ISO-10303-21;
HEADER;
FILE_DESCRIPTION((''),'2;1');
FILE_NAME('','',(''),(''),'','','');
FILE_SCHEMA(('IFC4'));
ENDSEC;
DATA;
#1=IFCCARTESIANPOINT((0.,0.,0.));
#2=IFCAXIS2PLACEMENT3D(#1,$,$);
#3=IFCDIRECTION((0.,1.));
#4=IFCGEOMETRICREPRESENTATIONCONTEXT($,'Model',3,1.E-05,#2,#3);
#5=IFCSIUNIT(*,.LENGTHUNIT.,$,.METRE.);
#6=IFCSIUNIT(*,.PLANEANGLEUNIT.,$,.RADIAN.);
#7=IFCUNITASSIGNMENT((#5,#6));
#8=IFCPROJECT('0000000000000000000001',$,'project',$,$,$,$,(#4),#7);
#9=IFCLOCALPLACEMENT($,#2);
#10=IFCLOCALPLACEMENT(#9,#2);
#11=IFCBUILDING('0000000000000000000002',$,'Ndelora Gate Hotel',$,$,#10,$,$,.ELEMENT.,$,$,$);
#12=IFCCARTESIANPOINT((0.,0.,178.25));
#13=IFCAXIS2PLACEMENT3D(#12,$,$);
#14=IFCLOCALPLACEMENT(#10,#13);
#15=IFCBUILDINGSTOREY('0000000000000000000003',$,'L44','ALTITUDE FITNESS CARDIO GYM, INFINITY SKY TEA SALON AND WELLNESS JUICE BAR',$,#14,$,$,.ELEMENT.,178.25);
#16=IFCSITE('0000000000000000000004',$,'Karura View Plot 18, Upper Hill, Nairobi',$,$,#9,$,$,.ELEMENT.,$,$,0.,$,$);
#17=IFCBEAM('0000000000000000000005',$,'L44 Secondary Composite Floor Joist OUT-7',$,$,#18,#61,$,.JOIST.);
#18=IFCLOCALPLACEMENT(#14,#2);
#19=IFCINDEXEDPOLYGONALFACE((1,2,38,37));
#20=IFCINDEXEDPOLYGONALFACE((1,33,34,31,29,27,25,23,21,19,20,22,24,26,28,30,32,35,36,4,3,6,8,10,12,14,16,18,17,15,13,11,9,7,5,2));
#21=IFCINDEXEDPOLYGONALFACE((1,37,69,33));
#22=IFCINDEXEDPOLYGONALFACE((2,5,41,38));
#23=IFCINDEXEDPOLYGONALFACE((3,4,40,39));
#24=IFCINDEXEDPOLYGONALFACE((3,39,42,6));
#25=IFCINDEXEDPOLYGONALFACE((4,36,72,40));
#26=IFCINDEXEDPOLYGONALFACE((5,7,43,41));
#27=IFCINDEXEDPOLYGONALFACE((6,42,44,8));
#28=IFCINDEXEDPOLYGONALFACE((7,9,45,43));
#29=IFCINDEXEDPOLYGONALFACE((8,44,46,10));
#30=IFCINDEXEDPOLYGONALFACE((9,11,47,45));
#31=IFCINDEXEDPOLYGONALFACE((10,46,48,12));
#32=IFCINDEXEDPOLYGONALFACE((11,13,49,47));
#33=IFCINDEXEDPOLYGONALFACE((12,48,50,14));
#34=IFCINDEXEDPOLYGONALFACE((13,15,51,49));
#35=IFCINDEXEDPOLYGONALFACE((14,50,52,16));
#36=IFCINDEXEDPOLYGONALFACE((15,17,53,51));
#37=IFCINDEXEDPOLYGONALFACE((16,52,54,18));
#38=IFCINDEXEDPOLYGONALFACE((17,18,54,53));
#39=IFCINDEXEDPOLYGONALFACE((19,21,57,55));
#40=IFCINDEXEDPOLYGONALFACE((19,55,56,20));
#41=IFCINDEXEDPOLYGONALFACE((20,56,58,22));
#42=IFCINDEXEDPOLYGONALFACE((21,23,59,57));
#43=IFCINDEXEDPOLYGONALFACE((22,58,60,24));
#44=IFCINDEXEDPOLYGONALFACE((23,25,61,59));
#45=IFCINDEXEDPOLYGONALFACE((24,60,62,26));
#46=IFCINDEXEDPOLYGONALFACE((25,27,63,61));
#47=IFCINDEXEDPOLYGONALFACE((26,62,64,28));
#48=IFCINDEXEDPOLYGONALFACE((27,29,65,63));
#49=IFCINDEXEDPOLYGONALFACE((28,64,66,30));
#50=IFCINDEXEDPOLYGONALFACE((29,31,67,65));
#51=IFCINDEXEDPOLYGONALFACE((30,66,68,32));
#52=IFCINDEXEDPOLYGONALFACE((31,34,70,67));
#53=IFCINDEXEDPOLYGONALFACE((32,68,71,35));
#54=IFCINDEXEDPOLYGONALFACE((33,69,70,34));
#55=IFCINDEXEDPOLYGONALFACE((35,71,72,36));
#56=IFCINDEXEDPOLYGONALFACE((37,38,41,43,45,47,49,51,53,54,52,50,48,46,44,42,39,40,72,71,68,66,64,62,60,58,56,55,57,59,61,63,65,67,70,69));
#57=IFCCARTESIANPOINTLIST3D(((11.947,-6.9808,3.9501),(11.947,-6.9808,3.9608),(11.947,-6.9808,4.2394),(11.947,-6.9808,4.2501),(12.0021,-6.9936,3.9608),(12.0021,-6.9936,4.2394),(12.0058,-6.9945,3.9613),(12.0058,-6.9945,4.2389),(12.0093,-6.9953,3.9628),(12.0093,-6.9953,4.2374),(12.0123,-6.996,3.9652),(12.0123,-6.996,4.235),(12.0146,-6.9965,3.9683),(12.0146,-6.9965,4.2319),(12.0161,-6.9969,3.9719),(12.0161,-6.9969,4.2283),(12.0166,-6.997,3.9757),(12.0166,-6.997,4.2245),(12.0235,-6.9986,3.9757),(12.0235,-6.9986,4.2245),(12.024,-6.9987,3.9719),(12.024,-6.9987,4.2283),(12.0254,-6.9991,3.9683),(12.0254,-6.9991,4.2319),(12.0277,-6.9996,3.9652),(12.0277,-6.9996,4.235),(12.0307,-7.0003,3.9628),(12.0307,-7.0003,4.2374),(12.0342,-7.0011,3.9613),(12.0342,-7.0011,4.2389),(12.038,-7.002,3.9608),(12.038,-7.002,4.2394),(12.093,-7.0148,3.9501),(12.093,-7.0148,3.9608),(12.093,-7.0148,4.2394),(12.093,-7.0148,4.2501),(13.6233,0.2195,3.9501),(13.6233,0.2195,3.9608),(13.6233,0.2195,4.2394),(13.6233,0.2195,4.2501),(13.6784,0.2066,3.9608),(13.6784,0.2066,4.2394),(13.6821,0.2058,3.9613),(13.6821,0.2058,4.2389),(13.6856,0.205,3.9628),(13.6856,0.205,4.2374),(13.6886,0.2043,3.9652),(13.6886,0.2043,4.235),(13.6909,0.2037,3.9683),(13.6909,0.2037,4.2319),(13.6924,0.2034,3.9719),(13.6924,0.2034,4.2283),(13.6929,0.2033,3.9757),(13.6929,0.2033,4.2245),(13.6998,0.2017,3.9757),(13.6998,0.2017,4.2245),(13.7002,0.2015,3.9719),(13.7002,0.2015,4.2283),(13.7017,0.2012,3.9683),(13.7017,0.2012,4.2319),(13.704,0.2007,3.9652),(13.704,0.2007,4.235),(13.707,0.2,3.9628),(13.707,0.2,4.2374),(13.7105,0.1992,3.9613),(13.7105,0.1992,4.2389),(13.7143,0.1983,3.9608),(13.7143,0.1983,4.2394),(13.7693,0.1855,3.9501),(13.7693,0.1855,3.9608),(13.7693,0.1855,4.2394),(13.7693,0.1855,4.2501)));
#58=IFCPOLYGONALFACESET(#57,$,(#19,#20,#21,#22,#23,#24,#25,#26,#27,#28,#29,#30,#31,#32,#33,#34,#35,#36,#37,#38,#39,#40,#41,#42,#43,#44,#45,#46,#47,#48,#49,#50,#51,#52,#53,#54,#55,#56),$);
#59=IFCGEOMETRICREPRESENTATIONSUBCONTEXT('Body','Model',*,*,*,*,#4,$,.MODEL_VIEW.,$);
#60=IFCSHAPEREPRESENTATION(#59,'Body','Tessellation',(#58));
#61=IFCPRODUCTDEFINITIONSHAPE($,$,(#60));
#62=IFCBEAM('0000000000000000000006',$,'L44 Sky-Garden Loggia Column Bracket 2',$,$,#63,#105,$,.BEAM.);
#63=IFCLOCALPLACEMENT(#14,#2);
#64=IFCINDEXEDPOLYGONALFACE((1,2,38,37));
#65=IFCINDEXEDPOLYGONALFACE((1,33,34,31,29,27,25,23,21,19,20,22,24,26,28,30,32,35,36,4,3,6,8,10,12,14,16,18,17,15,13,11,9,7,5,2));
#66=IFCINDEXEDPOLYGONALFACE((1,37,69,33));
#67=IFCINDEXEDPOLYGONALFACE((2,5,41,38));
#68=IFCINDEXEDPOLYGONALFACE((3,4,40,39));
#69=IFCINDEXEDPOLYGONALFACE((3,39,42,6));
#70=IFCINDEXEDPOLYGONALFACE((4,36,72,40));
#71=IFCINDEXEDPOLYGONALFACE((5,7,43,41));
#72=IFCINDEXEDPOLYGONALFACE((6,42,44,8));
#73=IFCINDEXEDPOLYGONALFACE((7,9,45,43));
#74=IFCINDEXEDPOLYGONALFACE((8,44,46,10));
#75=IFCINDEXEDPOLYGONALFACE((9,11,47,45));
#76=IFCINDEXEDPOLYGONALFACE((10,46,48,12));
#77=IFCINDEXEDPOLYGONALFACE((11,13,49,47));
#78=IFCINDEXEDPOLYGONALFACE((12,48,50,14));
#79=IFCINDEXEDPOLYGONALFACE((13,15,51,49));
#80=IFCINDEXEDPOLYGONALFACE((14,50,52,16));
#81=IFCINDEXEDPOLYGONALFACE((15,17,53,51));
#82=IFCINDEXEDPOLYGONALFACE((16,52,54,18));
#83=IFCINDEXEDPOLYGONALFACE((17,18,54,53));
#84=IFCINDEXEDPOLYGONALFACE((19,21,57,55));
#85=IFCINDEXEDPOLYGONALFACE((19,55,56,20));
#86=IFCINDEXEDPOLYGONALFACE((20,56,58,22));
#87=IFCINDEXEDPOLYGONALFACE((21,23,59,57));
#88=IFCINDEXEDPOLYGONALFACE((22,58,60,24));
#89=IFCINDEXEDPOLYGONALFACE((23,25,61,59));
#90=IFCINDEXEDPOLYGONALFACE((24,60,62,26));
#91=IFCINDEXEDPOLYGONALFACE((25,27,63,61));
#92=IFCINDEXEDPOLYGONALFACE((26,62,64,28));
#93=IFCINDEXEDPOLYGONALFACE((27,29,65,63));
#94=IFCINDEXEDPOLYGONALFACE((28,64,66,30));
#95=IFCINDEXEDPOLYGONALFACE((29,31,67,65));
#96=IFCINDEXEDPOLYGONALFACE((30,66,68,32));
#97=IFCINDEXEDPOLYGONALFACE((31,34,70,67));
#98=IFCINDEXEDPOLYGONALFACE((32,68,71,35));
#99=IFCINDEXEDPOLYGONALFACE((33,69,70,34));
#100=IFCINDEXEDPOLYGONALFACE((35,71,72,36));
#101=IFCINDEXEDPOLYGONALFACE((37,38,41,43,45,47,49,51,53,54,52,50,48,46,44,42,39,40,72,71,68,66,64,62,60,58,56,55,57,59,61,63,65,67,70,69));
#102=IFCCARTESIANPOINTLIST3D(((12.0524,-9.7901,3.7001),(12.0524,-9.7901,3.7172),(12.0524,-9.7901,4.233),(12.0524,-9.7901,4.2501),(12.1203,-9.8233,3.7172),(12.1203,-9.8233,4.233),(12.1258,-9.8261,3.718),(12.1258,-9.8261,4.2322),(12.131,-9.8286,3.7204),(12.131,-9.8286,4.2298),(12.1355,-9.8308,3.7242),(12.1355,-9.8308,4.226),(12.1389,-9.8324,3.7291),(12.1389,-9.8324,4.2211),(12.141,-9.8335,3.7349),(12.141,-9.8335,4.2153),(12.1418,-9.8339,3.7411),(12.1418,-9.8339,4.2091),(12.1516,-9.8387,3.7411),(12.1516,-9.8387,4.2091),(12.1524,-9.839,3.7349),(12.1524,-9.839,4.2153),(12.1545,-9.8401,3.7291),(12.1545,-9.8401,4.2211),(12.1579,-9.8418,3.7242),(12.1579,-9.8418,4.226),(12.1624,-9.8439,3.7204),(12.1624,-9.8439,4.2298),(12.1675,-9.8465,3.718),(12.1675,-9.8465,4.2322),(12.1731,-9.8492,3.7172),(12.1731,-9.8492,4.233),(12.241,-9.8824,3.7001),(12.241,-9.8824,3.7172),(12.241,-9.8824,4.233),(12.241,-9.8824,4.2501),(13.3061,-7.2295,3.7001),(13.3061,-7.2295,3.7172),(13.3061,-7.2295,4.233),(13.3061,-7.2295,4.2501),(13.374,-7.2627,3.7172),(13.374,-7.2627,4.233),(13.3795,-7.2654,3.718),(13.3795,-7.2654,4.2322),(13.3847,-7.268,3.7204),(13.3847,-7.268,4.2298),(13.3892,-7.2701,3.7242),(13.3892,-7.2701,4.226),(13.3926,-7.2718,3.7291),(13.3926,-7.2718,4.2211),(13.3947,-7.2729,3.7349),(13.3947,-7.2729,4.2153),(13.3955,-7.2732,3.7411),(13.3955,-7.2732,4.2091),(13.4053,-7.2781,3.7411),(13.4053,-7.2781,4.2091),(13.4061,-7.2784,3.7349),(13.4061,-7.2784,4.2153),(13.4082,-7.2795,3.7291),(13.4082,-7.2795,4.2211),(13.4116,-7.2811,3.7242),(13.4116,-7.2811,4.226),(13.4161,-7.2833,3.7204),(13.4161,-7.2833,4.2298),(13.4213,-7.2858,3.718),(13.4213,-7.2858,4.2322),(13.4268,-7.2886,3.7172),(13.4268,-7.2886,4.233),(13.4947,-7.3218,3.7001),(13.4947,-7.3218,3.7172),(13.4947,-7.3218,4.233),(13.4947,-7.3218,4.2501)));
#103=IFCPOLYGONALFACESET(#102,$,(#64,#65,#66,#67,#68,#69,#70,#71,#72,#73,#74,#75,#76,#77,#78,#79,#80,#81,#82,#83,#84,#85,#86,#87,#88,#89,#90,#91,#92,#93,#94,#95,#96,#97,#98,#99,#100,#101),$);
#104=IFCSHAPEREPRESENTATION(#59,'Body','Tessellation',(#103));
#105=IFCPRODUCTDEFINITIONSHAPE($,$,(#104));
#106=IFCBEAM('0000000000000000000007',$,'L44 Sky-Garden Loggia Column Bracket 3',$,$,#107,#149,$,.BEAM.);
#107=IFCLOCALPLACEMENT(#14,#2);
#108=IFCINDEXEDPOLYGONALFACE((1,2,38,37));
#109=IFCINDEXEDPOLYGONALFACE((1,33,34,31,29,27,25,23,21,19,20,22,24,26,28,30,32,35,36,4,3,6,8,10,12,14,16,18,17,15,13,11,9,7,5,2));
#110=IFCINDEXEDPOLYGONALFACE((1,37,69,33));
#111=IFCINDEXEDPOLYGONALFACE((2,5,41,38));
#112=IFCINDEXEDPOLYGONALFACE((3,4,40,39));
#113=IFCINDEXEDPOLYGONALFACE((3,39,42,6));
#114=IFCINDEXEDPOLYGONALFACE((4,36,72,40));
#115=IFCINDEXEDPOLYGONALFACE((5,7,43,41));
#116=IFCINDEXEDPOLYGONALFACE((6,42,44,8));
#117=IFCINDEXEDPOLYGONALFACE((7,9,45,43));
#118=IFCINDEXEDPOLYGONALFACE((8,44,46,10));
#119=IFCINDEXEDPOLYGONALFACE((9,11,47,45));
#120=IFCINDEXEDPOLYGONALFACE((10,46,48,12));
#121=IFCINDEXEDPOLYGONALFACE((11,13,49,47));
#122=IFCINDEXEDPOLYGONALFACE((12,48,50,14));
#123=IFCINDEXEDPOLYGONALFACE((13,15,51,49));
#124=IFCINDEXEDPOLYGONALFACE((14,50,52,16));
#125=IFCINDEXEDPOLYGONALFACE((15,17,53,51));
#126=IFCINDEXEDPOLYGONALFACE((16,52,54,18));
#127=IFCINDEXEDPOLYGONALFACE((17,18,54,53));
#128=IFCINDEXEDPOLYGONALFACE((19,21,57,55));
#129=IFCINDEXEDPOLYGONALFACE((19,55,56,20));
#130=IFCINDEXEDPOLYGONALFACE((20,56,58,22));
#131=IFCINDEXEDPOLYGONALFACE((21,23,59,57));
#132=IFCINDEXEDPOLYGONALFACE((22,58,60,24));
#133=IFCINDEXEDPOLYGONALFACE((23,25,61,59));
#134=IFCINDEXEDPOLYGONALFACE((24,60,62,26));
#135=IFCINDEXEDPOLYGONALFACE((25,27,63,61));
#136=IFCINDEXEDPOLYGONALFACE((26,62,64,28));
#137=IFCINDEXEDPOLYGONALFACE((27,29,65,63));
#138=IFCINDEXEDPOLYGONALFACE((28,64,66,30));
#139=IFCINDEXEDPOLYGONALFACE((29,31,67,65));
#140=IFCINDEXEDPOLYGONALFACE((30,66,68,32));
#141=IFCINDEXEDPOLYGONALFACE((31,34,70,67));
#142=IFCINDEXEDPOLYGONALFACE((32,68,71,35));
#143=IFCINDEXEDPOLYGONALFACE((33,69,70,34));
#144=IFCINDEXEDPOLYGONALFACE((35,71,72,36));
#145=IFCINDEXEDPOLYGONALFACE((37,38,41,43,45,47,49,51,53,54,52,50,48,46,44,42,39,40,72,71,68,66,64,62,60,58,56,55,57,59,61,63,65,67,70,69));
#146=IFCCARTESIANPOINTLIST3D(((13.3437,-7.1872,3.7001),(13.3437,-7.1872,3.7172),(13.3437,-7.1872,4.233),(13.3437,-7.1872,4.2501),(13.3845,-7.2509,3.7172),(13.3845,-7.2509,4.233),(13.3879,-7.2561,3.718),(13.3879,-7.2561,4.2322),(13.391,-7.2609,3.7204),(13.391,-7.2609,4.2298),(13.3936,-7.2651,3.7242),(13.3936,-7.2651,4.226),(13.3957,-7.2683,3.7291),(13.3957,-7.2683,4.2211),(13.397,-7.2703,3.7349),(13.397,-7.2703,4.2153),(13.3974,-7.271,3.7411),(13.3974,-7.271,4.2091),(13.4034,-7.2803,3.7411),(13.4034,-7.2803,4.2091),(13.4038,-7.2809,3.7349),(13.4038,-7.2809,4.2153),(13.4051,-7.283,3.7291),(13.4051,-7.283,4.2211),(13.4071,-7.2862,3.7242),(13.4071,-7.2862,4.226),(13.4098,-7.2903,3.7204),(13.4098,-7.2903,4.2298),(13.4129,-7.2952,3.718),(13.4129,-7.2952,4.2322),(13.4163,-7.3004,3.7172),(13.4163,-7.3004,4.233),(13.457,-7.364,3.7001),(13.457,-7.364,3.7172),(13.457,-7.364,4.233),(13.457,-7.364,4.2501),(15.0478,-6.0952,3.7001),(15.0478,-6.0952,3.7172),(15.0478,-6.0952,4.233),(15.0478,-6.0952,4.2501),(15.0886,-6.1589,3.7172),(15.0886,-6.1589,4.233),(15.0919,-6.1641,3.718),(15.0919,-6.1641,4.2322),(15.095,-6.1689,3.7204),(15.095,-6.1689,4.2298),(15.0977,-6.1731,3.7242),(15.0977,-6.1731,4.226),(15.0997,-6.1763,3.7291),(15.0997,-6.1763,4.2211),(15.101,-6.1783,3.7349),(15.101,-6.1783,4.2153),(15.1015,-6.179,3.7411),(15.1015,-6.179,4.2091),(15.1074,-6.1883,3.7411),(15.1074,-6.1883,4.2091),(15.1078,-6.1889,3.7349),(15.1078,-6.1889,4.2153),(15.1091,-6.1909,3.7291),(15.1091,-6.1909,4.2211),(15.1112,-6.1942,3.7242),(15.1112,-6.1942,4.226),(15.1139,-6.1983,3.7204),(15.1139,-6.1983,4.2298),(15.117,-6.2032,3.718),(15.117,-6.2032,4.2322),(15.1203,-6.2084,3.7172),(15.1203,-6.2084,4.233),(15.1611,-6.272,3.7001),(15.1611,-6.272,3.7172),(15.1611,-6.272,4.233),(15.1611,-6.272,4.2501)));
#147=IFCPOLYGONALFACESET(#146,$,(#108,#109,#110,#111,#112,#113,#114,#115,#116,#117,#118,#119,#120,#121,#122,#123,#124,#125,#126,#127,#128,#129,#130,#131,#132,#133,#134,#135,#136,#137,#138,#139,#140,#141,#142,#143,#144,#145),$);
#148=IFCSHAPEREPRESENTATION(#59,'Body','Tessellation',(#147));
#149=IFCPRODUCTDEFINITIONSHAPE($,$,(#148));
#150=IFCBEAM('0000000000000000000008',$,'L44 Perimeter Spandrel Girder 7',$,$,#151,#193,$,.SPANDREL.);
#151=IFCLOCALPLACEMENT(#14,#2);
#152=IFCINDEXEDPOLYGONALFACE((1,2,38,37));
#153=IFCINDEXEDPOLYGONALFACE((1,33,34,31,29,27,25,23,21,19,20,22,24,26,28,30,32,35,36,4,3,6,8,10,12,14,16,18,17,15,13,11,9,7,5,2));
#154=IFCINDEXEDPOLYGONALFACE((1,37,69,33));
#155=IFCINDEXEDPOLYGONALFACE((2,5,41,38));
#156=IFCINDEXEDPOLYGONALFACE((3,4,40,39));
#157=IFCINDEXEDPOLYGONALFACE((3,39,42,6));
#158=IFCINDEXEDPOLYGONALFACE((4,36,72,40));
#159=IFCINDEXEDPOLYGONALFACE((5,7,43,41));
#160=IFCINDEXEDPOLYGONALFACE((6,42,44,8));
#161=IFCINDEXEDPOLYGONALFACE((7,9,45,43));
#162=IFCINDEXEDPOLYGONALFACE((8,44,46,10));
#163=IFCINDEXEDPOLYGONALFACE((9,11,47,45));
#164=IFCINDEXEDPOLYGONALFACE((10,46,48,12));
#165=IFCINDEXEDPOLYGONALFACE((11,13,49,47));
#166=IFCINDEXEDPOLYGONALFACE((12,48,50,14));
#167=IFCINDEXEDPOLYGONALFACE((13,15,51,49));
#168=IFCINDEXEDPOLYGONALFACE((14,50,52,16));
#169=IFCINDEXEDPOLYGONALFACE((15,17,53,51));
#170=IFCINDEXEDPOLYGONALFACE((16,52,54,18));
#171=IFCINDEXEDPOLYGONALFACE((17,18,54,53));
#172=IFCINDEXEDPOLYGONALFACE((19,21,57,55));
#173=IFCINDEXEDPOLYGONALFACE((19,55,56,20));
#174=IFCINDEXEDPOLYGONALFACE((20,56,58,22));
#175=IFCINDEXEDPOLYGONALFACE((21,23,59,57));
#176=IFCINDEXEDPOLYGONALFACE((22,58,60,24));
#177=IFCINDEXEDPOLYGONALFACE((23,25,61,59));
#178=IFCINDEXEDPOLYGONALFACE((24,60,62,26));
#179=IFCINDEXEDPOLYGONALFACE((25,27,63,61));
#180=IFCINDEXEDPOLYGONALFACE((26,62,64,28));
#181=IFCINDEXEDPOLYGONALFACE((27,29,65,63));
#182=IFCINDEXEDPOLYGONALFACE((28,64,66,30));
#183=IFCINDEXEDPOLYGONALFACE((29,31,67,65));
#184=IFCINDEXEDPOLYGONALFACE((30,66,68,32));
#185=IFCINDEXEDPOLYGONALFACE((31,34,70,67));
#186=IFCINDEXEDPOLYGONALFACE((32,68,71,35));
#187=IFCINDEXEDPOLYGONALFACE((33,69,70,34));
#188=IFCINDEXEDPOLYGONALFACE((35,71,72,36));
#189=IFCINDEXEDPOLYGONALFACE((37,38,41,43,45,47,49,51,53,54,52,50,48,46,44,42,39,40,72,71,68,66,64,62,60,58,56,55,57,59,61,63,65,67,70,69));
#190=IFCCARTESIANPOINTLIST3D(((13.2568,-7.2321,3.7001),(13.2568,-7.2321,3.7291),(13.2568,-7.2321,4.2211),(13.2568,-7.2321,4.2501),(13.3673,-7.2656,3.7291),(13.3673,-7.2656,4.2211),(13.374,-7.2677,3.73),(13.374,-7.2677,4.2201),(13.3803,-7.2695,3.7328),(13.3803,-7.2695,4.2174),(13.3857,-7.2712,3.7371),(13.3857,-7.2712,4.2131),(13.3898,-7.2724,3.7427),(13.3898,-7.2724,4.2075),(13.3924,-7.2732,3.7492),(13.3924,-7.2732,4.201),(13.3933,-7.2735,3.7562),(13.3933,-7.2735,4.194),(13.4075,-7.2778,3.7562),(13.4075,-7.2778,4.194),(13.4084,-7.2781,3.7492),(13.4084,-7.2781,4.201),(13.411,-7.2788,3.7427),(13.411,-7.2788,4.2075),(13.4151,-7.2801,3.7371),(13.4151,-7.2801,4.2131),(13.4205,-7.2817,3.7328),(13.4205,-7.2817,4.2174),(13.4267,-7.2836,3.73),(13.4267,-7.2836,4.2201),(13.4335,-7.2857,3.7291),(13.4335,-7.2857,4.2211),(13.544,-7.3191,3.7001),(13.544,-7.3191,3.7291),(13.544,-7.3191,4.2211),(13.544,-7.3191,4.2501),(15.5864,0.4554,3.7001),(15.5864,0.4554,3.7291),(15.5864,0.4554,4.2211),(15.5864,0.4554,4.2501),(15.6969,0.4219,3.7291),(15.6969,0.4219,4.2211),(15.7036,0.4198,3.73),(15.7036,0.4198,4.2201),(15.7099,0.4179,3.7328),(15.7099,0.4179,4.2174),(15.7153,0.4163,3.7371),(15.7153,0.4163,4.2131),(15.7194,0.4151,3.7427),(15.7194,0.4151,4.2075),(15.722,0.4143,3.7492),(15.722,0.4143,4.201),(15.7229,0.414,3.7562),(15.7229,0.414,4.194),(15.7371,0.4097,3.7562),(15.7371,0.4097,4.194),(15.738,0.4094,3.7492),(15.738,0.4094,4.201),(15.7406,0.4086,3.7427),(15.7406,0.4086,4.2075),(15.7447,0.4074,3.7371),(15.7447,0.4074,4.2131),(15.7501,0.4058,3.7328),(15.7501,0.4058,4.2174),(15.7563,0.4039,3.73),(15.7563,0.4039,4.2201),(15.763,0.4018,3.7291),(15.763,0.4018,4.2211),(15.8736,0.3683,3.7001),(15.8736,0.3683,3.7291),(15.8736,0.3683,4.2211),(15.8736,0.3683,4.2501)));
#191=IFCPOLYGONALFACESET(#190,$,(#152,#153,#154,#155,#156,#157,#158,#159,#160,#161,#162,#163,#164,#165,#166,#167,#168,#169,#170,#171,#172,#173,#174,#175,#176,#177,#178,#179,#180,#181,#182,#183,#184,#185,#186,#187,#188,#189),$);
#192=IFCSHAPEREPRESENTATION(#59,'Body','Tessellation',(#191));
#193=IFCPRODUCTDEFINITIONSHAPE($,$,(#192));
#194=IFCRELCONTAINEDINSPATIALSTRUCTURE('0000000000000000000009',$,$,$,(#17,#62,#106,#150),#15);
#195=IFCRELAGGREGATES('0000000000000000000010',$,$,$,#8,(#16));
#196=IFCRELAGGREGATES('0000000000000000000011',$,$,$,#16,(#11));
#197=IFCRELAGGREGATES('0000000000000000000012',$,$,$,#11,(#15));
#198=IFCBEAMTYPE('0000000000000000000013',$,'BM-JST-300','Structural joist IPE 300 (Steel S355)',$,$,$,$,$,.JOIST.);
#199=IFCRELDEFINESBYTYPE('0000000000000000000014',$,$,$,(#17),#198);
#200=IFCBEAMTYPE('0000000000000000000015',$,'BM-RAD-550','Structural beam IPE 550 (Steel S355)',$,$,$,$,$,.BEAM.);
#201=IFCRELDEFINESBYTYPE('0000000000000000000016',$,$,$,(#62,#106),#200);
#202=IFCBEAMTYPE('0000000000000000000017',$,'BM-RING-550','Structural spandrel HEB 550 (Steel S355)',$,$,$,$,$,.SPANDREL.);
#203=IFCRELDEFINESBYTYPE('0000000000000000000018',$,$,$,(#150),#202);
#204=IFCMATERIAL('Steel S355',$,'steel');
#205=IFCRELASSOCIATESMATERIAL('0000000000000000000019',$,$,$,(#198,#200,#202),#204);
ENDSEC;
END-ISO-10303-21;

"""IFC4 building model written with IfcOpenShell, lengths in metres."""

from ifc_helpers import new_model, si_unit, direction, frame, origin, origin_2d, place, context, subcontext, project, spatial, i_section, extrude, material, material_profile, profile_set, type_object, element, save


model = new_model("IFC4")

# Units and contexts
model_context = context("Model", 3, precision=1e-05, world=origin(), true_north=direction((0.0, 1.0)))
body_context = subcontext(model_context, "Body", "Model", "MODEL_VIEW")
ifc_project = project(units=[si_unit("LENGTHUNIT", "METRE"), si_unit("PLANEANGLEUNIT", "RADIAN")], contexts=[model_context])

# Site, building, storey
site_placement = place(None, origin())
site = spatial("IfcSite", under=ifc_project, at=site_placement, Name="Karura View Plot 18, Upper Hill, Nairobi", CompositionType="ELEMENT", RefElevation=0.0)
building_placement = place(site_placement, origin())
building = spatial("IfcBuilding", under=site, at=building_placement, Name="Ndelora Gate Hotel", CompositionType="ELEMENT")
storey_placement = place(building_placement, frame((0.0, 0.0, 178.25)))
storey = spatial("IfcBuildingStorey", under=building, at=storey_placement, Name="L44", Description="ALTITUDE FITNESS CARDIO GYM, INFINITY SKY TEA SALON AND WELLNESS JUICE BAR", CompositionType="ELEMENT", Elevation=178.25)

# Beams
ifc_material_1 = material(Name="Steel S355", Category="steel")
ifc_material_profile_1 = material_profile(ifc_material_1, i_section(OverallWidth=0.1499, OverallDepth=0.3, WebThickness=0.0071, FlangeThickness=0.0107, FilletRadius=0.0149, at=origin_2d()), Name="IPE 300")
ifc_profile_set_1 = profile_set([ifc_material_profile_1], Name="Steel S355")
beam_type_1 = type_object("IfcBeamType", Name="BM-JST-300", Description="Structural joist IPE 300 (Steel S355)", PredefinedType="JOIST", material=ifc_profile_set_1)
beam_1_placement = place(storey_placement, frame((12.02, -6.9978, 4.1001), z_axis=(0.226745, 0.973954, 0.0), x_axis=(-0.973954, 0.226745, 0.0)))
element("IfcBeam", 1, at=beam_1_placement, inside=storey, type_object=beam_type_1, Name="L44 Secondary Composite Floor Joist OUT-7", PredefinedType="JOIST", context=body_context, shape_type="SweptSolid", body=[
    extrude(i_section(OverallWidth=0.1499, OverallDepth=0.3, WebThickness=0.0071, FlangeThickness=0.0107, FilletRadius=0.0149, at=origin_2d()), origin(), (0.0, 0.0, 1.0), 7.3928),
])
ifc_material_profile_2 = material_profile(ifc_material_1, i_section(OverallWidth=0.21, OverallDepth=0.55, WebThickness=0.011, FlangeThickness=0.0171, FilletRadius=0.0239, at=origin_2d()), Name="IPE 550")
ifc_profile_set_2 = profile_set([ifc_material_profile_2], Name="Steel S355")
beam_type_2 = type_object("IfcBeamType", Name="BM-RAD-550", Description="Structural beam IPE 550 (Steel S355)", PredefinedType="BEAM", material=ifc_profile_set_2)
beam_2_placement = place(storey_placement, frame((13.4004, -7.2756, 3.9751), z_axis=(-0.439731, -0.89813, 0.0), x_axis=(0.89813, -0.439731, 0.0)))
element("IfcBeam", 2, at=beam_2_placement, inside=storey, type_object=beam_type_2, Name="L44 Sky-Garden Loggia Column Bracket 2", PredefinedType="BEAM", context=body_context, shape_type="SweptSolid", body=[
    extrude(i_section(OverallWidth=0.21, OverallDepth=0.55, WebThickness=0.011, FlangeThickness=0.0171, FilletRadius=0.0239, at=origin_2d()), origin(), (0.0, 0.0, 1.0), 2.8511),
])
beam_3_placement = place(storey_placement, frame((13.4004, -7.2756, 3.9751), z_axis=(0.841954, 0.53955, 0.0), x_axis=(-0.53955, 0.841954, 0.0)))
element("IfcBeam", 3, at=beam_3_placement, inside=storey, type_object=beam_type_2, Name="L44 Sky-Garden Loggia Column Bracket 3", PredefinedType="BEAM", context=body_context, shape_type="SweptSolid", body=[
    extrude(i_section(OverallWidth=0.21, OverallDepth=0.55, WebThickness=0.011, FlangeThickness=0.0171, FilletRadius=0.0239, at=origin_2d()), origin(), (0.0, 0.0, 1.0), 2.0239),
])
ifc_material_profile_3 = material_profile(ifc_material_1, i_section(OverallWidth=0.3, OverallDepth=0.55, WebThickness=0.0149, FlangeThickness=0.0291, FilletRadius=0.0271, at=origin_2d()), Name="HEB 550")
ifc_profile_set_3 = profile_set([ifc_material_profile_3], Name="Steel S355")
beam_type_3 = type_object("IfcBeamType", Name="BM-RING-550", Description="Structural spandrel HEB 550 (Steel S355)", PredefinedType="SPANDREL", material=ifc_profile_set_3)
beam_4_placement = place(storey_placement, frame((13.4004, -7.2756, 3.9751), z_axis=(0.290012, 0.957023, 0.0), x_axis=(-0.957023, 0.290012, 0.0)))
element("IfcBeam", 4, at=beam_4_placement, inside=storey, type_object=beam_type_3, Name="L44 Perimeter Spandrel Girder 7", PredefinedType="SPANDREL", context=body_context, shape_type="SweptSolid", body=[
    extrude(i_section(OverallWidth=0.3, OverallDepth=0.55, WebThickness=0.0149, FlangeThickness=0.0291, FilletRadius=0.0271, at=origin_2d()), origin(), (0.0, 0.0, 1.0), 8.0327),
])

save(model, "model.ifc")
